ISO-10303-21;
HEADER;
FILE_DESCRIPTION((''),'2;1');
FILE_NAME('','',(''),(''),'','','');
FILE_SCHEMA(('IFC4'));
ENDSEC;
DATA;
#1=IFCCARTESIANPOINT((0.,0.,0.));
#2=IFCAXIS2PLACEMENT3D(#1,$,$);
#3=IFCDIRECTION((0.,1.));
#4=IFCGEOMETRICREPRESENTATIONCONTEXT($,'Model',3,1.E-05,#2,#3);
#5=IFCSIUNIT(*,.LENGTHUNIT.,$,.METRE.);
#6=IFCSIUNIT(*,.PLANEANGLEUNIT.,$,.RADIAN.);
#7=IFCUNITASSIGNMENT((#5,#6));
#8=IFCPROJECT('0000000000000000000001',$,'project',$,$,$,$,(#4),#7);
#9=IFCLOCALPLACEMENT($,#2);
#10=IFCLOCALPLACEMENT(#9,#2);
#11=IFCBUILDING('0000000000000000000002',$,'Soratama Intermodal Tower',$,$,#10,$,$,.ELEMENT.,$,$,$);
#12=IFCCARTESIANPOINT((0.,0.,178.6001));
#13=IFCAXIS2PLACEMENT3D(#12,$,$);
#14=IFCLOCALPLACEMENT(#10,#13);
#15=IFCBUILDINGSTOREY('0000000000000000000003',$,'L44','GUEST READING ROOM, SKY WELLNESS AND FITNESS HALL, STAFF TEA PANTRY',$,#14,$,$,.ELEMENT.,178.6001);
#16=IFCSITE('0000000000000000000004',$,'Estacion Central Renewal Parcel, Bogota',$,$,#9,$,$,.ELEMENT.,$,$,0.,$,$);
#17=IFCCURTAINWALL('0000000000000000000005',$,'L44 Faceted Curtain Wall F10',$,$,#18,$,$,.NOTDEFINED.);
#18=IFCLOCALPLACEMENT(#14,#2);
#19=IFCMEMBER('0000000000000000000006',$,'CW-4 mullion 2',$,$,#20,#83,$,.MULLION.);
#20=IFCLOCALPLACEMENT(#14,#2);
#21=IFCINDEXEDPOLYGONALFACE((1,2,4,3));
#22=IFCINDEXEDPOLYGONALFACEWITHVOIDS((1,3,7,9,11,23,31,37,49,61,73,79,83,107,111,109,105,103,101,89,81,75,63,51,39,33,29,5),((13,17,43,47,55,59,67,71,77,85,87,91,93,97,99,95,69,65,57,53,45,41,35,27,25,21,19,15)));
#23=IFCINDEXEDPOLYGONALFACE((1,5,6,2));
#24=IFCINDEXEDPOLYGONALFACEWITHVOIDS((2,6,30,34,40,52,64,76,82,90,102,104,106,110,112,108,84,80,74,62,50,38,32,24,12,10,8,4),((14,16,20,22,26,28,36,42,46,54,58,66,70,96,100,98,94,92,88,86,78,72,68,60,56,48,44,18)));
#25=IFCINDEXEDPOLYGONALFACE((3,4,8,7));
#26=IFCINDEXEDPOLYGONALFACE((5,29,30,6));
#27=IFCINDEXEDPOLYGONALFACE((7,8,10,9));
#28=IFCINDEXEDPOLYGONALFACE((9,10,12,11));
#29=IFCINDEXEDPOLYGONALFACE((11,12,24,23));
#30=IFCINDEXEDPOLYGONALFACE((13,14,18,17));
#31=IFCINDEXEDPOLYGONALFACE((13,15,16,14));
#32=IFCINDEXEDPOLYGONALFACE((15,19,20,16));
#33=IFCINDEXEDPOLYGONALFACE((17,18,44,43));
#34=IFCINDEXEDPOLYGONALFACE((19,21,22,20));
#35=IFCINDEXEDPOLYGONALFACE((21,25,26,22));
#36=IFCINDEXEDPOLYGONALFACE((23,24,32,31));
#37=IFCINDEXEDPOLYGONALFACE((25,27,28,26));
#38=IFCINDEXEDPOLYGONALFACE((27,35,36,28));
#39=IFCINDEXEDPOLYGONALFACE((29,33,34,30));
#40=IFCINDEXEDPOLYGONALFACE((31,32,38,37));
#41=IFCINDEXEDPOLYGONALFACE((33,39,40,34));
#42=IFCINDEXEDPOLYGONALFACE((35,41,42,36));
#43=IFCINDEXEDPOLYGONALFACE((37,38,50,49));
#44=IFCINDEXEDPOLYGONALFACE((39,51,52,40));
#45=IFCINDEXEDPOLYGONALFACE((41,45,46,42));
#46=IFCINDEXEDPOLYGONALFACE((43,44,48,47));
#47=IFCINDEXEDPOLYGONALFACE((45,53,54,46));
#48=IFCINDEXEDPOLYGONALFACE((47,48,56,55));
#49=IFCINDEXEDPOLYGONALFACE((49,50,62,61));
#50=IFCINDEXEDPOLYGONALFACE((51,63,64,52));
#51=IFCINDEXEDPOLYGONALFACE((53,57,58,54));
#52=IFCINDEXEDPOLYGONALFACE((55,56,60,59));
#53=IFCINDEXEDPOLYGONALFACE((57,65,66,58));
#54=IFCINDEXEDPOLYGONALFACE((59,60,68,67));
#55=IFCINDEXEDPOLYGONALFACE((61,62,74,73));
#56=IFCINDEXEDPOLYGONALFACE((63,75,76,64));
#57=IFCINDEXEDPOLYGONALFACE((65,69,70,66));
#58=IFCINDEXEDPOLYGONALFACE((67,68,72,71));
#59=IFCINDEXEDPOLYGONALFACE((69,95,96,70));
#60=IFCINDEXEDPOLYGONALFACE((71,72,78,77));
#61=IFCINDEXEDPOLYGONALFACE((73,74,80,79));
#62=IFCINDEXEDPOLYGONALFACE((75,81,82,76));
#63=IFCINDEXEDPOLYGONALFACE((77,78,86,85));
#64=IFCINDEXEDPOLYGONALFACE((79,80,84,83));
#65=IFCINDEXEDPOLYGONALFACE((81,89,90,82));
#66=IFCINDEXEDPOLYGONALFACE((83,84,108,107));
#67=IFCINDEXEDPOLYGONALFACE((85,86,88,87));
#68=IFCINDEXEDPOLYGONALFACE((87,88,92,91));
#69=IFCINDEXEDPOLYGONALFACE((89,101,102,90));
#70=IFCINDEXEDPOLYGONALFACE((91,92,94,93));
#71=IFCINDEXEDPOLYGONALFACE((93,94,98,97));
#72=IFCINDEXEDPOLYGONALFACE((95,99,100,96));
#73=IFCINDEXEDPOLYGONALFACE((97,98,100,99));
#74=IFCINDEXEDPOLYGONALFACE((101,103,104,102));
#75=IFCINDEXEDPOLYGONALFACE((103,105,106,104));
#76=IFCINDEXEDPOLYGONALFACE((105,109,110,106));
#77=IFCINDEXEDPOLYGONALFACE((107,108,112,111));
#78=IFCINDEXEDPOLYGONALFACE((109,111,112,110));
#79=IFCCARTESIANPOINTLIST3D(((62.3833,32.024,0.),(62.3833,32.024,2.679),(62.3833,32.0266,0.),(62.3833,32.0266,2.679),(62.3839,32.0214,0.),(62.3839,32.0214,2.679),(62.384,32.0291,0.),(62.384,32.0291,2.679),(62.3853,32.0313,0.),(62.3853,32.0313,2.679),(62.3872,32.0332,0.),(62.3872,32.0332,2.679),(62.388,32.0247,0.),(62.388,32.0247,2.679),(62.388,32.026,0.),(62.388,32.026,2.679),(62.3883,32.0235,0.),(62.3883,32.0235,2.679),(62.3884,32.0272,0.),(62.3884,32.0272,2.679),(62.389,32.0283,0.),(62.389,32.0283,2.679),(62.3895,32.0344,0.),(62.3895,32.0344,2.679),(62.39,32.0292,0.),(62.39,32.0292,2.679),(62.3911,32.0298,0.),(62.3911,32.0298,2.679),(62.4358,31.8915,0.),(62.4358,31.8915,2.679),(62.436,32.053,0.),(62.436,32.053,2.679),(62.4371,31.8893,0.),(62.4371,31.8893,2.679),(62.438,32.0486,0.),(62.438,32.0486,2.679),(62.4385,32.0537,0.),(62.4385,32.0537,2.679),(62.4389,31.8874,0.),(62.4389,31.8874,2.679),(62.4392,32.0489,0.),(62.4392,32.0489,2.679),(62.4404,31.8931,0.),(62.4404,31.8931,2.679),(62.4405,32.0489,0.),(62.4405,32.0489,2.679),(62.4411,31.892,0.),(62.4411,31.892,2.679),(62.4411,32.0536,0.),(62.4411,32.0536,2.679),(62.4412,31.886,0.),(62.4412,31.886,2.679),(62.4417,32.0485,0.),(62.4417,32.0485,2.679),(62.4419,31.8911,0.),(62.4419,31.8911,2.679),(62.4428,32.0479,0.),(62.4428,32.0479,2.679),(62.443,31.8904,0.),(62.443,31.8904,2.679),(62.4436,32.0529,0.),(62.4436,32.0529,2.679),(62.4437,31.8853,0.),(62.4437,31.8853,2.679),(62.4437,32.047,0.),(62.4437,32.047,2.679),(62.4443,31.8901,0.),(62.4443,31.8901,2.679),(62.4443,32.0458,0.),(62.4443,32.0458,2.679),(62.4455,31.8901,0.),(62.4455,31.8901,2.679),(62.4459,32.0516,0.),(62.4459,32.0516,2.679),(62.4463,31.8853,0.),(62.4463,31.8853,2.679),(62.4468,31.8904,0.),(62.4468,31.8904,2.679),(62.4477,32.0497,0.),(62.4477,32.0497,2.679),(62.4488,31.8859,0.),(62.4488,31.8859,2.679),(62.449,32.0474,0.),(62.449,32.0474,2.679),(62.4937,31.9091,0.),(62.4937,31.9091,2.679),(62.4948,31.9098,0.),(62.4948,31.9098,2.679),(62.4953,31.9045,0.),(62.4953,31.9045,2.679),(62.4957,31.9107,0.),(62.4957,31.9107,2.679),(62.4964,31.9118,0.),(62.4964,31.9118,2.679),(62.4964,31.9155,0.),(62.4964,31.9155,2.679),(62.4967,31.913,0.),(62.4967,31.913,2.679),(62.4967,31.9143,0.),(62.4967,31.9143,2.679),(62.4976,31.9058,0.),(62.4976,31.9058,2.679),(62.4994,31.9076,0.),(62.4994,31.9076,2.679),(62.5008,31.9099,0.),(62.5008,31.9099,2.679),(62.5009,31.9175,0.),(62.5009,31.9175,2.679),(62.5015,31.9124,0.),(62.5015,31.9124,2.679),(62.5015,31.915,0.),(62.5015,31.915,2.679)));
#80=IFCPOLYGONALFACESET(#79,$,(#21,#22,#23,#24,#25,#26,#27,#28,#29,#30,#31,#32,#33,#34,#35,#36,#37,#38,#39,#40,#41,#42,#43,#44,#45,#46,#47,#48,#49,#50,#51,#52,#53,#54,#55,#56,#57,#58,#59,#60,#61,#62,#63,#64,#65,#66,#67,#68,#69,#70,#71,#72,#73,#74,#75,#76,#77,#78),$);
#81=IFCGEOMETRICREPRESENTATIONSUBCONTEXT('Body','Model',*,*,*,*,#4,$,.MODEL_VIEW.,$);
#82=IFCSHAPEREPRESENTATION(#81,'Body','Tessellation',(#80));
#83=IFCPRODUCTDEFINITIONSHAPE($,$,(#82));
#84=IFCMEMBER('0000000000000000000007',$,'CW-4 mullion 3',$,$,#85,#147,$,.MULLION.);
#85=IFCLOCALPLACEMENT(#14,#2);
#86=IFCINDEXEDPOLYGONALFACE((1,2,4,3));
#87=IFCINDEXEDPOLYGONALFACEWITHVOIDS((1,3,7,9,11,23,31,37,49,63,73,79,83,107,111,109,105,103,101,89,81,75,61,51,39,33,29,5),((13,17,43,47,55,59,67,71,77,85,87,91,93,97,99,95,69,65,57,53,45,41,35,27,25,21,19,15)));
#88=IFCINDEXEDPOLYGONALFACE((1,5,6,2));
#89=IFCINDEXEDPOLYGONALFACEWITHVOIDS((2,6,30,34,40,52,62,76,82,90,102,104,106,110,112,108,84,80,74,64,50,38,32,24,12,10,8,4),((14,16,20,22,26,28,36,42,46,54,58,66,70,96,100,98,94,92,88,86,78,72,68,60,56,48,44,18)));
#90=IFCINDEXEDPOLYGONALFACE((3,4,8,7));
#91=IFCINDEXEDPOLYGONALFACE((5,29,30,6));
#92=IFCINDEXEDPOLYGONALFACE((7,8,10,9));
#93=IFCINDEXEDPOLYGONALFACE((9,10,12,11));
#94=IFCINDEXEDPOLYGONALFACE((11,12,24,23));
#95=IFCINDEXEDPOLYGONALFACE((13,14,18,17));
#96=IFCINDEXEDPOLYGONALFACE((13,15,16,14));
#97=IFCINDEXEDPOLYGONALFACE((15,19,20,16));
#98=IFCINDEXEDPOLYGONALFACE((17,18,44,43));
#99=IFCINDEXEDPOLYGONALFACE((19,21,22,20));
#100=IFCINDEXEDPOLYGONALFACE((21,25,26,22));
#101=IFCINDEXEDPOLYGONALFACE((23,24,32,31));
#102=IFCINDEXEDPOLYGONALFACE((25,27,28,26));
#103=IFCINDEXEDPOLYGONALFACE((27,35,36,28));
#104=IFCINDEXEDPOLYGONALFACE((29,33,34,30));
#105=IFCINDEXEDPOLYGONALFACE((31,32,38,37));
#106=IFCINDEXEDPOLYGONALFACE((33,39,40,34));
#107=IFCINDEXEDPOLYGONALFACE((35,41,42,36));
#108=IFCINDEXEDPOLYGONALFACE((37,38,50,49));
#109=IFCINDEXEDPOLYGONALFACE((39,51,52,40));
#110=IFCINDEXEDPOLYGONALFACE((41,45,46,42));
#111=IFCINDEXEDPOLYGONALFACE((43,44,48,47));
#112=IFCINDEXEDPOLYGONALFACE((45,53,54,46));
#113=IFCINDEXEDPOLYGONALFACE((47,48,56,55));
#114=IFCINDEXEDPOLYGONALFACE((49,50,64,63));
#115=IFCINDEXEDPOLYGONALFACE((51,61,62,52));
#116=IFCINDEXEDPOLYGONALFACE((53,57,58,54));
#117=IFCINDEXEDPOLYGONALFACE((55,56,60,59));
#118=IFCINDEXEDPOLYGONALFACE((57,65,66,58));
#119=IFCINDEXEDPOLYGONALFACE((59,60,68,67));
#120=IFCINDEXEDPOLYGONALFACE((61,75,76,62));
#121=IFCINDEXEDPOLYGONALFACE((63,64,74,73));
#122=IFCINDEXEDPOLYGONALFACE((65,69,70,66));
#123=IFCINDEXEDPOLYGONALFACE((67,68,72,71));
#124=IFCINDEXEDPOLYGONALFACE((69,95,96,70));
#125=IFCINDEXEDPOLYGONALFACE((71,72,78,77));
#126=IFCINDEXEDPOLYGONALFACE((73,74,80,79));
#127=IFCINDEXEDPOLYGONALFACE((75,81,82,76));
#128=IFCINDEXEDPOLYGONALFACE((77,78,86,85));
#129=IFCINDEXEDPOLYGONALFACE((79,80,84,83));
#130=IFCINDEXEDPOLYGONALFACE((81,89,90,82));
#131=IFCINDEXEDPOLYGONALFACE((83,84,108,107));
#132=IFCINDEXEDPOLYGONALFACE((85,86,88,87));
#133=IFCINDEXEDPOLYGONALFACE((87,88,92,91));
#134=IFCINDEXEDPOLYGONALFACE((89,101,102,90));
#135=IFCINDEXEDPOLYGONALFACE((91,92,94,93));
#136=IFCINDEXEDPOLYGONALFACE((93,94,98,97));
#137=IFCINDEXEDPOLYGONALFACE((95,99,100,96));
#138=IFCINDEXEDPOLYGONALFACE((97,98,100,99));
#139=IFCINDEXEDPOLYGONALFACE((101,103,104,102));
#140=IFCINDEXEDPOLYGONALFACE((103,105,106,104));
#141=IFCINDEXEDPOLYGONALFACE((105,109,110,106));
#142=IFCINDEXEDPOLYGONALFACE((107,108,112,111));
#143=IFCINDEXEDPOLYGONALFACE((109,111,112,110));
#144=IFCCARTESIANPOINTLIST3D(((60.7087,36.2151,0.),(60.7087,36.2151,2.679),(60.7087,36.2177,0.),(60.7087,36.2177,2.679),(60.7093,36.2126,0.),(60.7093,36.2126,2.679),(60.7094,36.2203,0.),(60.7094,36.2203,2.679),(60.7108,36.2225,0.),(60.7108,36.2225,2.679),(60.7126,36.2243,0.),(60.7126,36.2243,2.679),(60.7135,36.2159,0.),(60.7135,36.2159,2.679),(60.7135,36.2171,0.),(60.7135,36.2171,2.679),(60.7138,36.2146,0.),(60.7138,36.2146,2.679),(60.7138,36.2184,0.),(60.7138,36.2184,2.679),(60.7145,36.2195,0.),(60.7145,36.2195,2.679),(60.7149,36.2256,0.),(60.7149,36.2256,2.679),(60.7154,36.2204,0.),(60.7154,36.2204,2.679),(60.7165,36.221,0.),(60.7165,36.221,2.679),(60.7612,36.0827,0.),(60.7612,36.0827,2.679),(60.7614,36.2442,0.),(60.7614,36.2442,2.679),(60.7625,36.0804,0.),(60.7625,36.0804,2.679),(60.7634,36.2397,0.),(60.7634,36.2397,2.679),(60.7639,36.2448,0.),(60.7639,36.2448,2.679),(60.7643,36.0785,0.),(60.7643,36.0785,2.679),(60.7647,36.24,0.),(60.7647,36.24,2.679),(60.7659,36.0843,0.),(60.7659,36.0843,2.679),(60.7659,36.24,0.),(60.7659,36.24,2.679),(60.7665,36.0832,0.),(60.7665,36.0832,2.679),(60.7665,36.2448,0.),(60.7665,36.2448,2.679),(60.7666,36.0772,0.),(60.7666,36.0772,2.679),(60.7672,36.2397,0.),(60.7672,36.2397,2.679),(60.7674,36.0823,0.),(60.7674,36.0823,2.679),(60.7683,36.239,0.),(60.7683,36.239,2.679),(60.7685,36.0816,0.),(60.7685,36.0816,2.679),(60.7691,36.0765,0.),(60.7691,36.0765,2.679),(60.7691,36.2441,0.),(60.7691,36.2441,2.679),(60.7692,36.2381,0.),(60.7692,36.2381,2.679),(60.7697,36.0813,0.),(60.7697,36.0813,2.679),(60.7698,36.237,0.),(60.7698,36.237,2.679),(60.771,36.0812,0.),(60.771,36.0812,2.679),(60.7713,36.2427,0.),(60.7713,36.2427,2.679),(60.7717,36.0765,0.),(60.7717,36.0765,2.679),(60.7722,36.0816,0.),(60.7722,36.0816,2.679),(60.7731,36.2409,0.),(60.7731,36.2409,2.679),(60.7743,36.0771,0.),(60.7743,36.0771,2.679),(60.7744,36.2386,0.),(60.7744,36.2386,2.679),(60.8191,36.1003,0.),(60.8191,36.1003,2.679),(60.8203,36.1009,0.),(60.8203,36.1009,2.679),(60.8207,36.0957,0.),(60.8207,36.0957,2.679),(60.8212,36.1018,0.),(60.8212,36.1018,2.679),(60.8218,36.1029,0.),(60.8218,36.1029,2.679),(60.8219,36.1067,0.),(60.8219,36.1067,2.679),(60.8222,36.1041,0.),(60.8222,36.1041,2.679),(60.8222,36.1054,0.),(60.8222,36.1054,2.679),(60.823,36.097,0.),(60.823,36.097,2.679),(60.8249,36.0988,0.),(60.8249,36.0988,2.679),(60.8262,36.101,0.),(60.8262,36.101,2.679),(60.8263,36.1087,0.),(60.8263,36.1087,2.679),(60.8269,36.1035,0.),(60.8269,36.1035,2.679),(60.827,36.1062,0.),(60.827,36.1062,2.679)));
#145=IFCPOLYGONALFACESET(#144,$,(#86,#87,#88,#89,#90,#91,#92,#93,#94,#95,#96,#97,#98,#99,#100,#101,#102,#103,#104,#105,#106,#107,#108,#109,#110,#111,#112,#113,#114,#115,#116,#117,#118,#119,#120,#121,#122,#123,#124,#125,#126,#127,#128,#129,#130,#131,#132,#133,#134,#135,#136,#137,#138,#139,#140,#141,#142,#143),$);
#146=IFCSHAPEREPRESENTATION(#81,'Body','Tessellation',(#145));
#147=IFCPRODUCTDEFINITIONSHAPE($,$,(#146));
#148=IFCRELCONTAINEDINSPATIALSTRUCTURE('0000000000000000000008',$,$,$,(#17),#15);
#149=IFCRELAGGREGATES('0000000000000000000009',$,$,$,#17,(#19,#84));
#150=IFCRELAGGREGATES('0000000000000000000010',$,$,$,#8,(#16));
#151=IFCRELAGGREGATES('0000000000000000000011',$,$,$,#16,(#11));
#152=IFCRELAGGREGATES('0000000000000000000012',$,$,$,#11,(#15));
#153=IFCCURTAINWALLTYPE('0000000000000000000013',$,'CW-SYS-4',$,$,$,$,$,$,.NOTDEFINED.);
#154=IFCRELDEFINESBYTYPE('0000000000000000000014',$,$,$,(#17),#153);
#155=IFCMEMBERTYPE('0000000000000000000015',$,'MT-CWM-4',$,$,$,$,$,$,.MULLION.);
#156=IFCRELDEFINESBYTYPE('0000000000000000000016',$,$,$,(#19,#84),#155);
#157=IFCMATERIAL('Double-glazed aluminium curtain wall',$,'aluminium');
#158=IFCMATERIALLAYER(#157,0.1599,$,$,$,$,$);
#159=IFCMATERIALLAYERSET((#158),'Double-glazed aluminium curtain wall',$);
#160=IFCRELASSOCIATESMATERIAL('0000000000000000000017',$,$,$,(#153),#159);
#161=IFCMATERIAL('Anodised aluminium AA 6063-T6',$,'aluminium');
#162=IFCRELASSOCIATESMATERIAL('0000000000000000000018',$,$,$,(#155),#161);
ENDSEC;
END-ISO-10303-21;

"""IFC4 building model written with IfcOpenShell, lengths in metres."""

from ifc_helpers import new_model, si_unit, direction, frame, origin, origin_2d, place, context, subcontext, project, spatial, hollow_rectangle, extrude, material, layer, layer_set, material_profile, profile_set, type_object, element, aggregate, save


model = new_model("IFC4")

# Units and contexts
model_context = context("Model", 3, precision=1e-05, world=origin(), true_north=direction((0.0, 1.0)))
body_context = subcontext(model_context, "Body", "Model", "MODEL_VIEW")
ifc_project = project(units=[si_unit("LENGTHUNIT", "METRE"), si_unit("PLANEANGLEUNIT", "RADIAN")], contexts=[model_context])

# Site, building, storey
site_placement = place(None, origin())
site = spatial("IfcSite", under=ifc_project, at=site_placement, Name="Estacion Central Renewal Parcel, Bogota", CompositionType="ELEMENT", RefElevation=0.0)
building_placement = place(site_placement, origin())
building = spatial("IfcBuilding", under=site, at=building_placement, Name="Soratama Intermodal Tower", CompositionType="ELEMENT")
storey_placement = place(building_placement, frame((0.0, 0.0, 178.6001)))
storey = spatial("IfcBuildingStorey", under=building, at=storey_placement, Name="L44", Description="GUEST READING ROOM, SKY WELLNESS AND FITNESS HALL, STAFF TEA PANTRY", CompositionType="ELEMENT", Elevation=178.6001)

# Shared definitions
ifc_material_1 = material(Name="Double-glazed aluminium curtain wall", Category="aluminium")
ifc_layer_1 = layer(ifc_material_1, 0.1599)
ifc_layer_set_1 = layer_set([ifc_layer_1], Name="Double-glazed aluminium curtain wall")
curtain_wall_type = type_object("IfcCurtainWallType", Name="CW-SYS-4", PredefinedType="NOTDEFINED", material=ifc_layer_set_1)
ifc_material_2 = material(Name="Anodised aluminium AA 6063-T6", Category="aluminium")
ifc_material_profile_1 = material_profile(ifc_material_2, hollow_rectangle(XDim=0.0701, YDim=0.1599, WallThickness=0.0049, InnerFilletRadius=0.0049, OuterFilletRadius=0.01, at=origin_2d()), Name="CWM160X70X5")
ifc_profile_set_1 = profile_set([ifc_material_profile_1], Name="Anodised aluminium AA 6063-T6")
member_type_1 = type_object("IfcMemberType", Name="MT-CWM-4", PredefinedType="MULLION", material=ifc_profile_set_1)

# Curtain wall, members
curtain_wall_1_placement = place(storey_placement, origin())
curtain_wall_1 = element("IfcCurtainWall", 1, at=curtain_wall_1_placement, inside=storey, type_object=curtain_wall_type, Name="L44 Faceted Curtain Wall F10", PredefinedType="NOTDEFINED")
member_1_placement = place(storey_placement, frame((62.4424, 31.9695, 0.0), z_axis=(0.0, 0.0, 1.0), x_axis=(-0.928618, -0.371038, 0.0)))
member_1 = element("IfcMember", 2, at=member_1_placement, type_object=member_type_1, Name="CW-4 mullion 2", PredefinedType="MULLION", context=body_context, shape_type="SweptSolid", body=[
    extrude(hollow_rectangle(XDim=0.0701, YDim=0.1599, WallThickness=0.0049, InnerFilletRadius=0.0049, OuterFilletRadius=0.01, at=origin_2d()), origin(), (0.0, 0.0, 1.0), 2.679),
])
member_2_placement = place(storey_placement, frame((60.7678, 36.1606, 0.0), z_axis=(0.0, 0.0, 1.0), x_axis=(-0.928618, -0.371038, 0.0)))
member_2 = element("IfcMember", 3, at=member_2_placement, type_object=member_type_1, Name="CW-4 mullion 3", PredefinedType="MULLION", context=body_context, shape_type="SweptSolid", body=[
    extrude(hollow_rectangle(XDim=0.0701, YDim=0.1599, WallThickness=0.0049, InnerFilletRadius=0.0049, OuterFilletRadius=0.01, at=origin_2d()), origin(), (0.0, 0.0, 1.0), 2.679),
])

aggregate(curtain_wall_1, [member_1, member_2])

save(model, "model.ifc")
